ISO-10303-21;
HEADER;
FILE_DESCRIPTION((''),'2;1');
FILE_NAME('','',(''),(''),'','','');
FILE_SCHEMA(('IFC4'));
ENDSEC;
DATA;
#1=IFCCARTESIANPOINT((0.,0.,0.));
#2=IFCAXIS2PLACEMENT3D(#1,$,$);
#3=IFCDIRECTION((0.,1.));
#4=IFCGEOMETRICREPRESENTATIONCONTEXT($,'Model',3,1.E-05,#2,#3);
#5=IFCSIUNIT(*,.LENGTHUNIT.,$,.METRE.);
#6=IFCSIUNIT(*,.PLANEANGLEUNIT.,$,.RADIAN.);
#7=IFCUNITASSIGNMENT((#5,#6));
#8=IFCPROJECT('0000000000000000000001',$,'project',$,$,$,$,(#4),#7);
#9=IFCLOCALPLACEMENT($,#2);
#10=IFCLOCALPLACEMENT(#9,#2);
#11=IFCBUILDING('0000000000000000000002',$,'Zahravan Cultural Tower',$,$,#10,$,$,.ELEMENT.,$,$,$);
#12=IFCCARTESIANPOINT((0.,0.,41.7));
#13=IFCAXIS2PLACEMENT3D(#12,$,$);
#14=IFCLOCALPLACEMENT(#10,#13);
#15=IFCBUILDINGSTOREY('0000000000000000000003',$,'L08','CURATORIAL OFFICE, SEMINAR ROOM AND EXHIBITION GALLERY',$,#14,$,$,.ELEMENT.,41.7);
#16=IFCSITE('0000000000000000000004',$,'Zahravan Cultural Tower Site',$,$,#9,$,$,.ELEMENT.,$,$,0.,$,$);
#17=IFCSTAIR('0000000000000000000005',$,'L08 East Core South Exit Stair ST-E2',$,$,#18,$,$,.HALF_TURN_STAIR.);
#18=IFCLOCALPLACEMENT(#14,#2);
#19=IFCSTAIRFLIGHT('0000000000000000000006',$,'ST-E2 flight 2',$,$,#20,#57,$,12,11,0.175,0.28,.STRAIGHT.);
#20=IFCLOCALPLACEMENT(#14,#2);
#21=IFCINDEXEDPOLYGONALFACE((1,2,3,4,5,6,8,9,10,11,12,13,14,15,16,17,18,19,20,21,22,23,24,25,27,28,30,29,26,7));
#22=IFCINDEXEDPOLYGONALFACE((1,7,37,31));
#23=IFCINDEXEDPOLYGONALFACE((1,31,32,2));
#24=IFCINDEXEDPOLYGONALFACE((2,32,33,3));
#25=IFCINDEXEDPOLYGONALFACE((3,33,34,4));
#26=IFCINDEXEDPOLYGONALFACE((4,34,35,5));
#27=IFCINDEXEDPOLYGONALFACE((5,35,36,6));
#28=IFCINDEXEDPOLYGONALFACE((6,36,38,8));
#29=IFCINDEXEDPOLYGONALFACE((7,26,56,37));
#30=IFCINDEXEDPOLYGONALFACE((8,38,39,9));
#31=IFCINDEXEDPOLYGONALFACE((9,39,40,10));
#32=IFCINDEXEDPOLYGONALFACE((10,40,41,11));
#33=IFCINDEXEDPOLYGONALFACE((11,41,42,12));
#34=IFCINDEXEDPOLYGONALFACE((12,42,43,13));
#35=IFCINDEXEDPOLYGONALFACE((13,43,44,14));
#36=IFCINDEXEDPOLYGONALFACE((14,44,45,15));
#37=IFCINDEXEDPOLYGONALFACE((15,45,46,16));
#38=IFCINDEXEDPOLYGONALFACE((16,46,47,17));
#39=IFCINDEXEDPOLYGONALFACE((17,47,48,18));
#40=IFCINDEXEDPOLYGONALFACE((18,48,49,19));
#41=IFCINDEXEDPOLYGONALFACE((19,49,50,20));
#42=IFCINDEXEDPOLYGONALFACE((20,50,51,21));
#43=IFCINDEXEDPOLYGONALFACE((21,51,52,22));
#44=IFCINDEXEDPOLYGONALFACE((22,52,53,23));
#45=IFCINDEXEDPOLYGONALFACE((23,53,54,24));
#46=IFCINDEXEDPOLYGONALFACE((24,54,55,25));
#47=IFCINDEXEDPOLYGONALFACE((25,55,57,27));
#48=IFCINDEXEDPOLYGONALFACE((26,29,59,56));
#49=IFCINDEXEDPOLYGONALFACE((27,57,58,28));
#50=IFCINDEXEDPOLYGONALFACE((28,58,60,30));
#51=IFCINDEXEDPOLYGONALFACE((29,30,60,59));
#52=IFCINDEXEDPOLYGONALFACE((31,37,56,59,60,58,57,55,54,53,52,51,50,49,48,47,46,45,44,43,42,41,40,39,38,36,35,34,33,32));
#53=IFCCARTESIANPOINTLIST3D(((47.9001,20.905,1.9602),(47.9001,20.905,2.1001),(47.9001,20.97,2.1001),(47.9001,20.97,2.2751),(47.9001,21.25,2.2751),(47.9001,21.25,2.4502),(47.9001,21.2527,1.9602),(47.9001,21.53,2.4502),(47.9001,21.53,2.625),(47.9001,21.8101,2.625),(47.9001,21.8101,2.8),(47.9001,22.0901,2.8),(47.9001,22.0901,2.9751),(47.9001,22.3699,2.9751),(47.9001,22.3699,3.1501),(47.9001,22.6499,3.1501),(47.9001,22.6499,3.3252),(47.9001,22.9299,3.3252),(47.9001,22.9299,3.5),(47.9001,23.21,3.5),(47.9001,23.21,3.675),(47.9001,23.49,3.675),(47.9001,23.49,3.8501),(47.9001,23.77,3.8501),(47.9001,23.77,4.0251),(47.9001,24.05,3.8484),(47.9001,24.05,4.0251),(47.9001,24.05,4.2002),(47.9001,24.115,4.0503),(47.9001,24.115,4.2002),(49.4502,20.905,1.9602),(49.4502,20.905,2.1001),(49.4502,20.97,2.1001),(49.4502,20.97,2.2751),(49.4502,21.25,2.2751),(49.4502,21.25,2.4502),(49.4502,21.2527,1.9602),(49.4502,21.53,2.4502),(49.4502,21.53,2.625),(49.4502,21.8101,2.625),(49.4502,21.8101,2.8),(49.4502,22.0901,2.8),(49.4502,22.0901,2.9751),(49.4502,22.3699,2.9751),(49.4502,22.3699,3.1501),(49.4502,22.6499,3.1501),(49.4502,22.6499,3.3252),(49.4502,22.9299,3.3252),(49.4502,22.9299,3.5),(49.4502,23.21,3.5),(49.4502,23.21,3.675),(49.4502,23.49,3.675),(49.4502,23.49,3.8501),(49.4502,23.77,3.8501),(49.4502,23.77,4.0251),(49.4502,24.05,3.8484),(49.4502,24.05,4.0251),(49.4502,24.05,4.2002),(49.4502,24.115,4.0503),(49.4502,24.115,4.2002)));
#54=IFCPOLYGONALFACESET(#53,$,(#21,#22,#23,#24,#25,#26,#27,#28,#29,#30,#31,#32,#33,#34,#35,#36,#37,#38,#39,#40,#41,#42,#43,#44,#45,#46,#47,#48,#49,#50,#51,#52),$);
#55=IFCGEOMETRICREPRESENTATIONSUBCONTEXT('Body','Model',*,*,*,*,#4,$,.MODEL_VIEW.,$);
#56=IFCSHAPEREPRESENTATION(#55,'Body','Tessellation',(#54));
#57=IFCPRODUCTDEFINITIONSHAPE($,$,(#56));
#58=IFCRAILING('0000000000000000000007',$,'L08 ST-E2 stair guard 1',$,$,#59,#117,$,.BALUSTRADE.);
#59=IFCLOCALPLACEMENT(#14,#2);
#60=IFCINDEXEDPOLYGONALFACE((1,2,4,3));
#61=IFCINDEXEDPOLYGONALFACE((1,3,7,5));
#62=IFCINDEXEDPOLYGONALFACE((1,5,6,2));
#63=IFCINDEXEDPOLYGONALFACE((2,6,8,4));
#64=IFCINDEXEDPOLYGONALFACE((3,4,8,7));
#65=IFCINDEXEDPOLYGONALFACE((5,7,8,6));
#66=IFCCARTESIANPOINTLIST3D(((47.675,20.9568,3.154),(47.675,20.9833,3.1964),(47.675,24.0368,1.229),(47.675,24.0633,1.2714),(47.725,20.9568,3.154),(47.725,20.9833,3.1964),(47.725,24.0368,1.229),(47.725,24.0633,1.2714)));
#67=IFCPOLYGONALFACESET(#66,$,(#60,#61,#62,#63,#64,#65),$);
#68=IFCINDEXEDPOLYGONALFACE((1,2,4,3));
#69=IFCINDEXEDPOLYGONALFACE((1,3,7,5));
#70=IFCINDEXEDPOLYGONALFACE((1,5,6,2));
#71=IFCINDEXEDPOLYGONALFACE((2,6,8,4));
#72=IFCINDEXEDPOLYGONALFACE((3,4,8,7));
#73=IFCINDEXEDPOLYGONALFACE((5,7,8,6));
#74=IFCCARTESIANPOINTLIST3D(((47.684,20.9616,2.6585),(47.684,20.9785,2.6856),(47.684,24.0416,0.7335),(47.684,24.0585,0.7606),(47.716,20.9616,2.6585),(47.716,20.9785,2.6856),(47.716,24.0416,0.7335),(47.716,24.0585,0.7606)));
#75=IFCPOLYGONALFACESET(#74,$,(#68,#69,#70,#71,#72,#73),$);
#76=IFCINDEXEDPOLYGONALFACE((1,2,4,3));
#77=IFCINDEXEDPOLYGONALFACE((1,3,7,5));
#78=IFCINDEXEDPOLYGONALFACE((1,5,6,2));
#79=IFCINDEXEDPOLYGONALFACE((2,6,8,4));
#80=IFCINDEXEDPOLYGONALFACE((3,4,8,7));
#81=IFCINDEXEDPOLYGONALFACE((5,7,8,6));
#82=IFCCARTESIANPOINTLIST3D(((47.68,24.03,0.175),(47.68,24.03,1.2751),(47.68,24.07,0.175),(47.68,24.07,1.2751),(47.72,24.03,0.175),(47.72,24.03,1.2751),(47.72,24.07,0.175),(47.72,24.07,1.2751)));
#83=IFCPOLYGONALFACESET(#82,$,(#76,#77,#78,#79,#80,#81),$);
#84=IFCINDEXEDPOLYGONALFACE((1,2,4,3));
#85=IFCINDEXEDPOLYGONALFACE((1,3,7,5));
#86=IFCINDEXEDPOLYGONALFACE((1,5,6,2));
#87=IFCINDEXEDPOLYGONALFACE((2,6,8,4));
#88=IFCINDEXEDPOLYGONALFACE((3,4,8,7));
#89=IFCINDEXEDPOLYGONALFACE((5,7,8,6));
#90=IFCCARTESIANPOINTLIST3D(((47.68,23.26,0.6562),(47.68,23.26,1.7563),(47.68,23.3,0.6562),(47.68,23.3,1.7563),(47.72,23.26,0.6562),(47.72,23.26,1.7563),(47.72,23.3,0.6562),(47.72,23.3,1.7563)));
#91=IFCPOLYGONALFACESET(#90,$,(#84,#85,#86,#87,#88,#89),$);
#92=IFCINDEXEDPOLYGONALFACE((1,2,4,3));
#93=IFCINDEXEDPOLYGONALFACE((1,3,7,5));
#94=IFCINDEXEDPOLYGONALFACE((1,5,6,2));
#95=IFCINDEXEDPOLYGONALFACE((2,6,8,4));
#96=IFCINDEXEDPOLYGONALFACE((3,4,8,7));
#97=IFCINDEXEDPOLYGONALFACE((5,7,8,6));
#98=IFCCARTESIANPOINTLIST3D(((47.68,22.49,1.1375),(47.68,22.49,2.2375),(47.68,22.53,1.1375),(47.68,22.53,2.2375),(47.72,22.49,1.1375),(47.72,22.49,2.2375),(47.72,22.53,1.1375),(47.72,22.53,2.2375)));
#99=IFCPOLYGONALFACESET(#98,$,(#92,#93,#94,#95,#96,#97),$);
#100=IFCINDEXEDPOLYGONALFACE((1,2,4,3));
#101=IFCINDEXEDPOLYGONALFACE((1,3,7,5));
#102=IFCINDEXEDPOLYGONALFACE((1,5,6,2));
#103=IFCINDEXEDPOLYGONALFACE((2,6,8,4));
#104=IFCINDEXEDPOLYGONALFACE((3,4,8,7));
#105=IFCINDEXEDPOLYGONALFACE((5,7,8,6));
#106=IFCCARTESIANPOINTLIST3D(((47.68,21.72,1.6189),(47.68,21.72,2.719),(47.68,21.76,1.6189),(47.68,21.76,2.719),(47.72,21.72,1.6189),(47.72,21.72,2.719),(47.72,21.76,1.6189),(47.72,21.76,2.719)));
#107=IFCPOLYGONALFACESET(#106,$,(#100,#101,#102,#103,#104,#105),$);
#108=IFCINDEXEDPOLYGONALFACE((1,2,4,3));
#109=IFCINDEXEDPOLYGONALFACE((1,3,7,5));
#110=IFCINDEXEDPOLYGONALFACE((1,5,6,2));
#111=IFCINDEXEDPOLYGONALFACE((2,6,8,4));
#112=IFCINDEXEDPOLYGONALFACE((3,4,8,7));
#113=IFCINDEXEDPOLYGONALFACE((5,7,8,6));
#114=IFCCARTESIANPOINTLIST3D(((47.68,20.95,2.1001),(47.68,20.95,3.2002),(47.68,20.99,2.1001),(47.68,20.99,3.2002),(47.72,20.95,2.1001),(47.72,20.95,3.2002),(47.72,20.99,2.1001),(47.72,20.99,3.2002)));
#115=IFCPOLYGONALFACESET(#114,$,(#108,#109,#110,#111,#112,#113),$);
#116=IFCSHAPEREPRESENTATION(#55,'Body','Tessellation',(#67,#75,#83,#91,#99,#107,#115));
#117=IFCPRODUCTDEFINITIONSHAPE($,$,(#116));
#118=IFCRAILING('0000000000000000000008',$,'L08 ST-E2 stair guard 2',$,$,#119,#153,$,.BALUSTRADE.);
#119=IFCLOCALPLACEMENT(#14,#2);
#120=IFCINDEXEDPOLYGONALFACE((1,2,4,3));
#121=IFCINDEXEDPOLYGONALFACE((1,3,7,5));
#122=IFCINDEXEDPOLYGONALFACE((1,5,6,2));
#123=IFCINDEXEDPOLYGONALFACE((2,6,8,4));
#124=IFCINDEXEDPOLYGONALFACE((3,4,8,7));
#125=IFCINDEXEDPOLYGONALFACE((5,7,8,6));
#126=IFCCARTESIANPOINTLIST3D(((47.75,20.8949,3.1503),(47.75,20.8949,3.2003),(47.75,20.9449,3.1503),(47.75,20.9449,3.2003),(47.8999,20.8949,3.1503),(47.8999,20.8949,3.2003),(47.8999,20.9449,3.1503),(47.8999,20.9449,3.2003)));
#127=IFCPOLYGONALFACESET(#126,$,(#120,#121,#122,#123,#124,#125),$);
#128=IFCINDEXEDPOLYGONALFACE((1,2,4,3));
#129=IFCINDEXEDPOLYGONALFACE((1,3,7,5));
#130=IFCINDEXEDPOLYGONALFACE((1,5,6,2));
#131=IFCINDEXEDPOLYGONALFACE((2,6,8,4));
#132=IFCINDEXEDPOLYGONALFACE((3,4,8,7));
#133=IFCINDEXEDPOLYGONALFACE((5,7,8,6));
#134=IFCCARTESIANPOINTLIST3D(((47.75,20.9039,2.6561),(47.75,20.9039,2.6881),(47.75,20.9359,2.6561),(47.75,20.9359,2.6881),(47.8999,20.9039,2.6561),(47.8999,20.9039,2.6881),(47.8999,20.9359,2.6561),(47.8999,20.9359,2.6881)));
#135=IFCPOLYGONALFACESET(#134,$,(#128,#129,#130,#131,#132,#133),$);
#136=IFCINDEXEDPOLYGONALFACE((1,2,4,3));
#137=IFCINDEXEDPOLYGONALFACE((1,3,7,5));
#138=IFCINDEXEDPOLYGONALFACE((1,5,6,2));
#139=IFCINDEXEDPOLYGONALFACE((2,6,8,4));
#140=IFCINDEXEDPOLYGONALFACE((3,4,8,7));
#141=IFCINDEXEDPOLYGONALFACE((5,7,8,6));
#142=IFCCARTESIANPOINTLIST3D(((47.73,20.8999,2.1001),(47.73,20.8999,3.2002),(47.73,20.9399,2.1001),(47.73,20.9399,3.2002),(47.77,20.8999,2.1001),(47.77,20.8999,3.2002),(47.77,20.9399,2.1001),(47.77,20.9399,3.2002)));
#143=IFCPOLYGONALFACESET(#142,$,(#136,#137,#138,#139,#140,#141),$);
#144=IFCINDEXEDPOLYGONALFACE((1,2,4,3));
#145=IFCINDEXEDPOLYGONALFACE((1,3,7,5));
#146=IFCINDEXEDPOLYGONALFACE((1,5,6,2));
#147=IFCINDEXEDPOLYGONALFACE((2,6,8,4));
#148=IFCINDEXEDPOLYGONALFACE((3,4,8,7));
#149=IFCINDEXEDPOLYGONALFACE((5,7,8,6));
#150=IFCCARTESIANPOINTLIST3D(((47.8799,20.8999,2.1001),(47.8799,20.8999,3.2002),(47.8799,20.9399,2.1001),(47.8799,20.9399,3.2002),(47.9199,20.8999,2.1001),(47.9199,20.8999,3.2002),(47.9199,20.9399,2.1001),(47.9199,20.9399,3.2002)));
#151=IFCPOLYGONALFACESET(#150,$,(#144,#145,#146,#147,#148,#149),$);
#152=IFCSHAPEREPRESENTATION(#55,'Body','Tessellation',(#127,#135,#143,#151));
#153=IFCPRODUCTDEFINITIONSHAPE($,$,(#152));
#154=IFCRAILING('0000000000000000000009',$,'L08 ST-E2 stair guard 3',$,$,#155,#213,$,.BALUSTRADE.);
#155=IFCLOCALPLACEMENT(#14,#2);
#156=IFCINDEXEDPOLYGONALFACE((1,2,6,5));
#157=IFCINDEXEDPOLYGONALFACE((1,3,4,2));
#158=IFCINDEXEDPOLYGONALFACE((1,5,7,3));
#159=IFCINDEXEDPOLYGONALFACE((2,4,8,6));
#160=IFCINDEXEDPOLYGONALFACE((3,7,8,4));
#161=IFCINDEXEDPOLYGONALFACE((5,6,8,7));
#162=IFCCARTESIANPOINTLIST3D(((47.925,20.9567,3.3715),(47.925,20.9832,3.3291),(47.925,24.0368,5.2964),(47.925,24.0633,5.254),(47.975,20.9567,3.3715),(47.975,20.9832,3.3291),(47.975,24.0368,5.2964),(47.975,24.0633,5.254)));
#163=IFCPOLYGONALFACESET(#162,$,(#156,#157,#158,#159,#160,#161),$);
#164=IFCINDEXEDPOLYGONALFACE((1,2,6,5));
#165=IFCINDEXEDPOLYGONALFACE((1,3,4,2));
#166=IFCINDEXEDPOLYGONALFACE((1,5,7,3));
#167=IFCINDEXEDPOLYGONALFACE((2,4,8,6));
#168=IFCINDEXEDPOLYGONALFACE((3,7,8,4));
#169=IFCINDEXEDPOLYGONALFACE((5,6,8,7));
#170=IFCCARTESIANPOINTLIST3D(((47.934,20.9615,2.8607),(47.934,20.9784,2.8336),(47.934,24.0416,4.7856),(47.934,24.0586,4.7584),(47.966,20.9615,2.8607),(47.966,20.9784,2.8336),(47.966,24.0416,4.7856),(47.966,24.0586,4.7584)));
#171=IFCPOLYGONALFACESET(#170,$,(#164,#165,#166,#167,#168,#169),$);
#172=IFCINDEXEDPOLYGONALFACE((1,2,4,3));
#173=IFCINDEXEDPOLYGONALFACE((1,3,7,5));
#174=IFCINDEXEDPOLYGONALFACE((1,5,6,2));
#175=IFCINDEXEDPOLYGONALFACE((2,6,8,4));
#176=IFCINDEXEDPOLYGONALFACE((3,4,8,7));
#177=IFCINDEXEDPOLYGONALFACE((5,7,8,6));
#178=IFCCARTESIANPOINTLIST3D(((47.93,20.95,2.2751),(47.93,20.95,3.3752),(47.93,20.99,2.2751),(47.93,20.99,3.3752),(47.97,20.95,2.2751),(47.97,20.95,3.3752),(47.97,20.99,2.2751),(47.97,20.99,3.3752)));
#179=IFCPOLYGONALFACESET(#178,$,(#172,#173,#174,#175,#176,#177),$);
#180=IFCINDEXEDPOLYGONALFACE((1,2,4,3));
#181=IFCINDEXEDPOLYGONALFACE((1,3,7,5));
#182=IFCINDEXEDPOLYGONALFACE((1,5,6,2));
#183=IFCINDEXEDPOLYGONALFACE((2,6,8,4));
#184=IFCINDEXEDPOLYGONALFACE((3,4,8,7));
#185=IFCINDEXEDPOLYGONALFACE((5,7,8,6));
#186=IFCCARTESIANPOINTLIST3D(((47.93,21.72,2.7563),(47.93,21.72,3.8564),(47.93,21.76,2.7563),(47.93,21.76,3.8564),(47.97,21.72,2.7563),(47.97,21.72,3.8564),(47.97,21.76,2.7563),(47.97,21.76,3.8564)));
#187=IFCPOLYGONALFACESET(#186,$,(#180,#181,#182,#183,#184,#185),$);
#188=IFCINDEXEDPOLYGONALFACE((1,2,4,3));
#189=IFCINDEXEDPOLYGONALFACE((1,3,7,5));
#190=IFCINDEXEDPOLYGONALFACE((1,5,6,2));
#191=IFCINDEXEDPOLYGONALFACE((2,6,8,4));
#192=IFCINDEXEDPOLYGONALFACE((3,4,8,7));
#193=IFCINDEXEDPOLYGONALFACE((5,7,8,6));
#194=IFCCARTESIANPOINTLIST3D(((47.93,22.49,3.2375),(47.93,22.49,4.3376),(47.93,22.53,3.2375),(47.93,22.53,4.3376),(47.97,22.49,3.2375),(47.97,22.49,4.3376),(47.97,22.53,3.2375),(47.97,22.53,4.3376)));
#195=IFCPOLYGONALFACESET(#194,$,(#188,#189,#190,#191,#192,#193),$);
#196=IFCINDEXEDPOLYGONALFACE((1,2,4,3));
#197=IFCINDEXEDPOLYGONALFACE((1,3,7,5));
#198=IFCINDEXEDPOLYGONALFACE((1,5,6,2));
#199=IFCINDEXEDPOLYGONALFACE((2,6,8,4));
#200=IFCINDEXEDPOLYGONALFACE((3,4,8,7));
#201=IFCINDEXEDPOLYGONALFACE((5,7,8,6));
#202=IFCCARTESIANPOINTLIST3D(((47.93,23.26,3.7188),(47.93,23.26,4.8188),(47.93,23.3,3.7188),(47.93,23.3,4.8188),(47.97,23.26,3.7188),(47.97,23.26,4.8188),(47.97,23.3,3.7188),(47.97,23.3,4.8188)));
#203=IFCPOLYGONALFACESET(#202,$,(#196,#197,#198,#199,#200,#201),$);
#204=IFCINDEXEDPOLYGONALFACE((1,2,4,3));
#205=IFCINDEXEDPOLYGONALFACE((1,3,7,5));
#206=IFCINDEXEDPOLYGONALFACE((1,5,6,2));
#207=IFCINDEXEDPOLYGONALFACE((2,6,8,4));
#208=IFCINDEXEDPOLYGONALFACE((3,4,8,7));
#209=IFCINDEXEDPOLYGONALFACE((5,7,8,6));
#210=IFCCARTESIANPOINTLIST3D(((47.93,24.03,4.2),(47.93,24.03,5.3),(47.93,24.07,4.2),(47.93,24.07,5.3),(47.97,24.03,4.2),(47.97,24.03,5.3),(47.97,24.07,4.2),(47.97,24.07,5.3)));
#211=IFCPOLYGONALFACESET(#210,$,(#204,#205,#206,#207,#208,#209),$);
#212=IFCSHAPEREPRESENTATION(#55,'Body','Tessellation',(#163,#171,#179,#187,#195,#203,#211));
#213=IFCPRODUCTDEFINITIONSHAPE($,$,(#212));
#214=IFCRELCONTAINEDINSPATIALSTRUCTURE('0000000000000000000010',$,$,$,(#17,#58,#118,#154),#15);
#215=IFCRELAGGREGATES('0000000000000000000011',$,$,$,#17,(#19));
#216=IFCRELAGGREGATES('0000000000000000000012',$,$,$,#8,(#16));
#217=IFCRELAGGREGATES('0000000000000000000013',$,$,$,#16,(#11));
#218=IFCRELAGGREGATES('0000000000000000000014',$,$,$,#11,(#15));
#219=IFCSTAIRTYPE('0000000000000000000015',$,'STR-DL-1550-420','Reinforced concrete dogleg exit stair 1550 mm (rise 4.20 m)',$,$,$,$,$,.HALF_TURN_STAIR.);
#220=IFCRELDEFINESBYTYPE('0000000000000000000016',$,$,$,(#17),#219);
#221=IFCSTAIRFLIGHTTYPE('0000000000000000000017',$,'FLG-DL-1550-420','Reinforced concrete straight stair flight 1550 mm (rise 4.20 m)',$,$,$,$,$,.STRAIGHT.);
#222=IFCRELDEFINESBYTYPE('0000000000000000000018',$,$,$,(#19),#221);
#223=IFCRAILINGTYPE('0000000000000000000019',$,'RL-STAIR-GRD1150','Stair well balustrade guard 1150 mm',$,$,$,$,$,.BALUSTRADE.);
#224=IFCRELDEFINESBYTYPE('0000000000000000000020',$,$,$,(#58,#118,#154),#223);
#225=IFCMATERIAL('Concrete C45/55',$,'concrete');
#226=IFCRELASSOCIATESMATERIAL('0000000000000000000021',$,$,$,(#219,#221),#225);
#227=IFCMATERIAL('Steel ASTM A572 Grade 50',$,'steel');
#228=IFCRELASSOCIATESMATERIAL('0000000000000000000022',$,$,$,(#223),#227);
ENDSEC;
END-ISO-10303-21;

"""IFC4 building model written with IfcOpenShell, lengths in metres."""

from ifc_helpers import new_model, si_unit, direction, frame, origin, origin_2d, place, context, subcontext, project, spatial, polyline, rectangle, outline, extrude, material, type_object, element, aggregate, save


model = new_model("IFC4")

# Units and contexts
model_context = context("Model", 3, precision=1e-05, world=origin(), true_north=direction((0.0, 1.0)))
body_context = subcontext(model_context, "Body", "Model", "MODEL_VIEW")
ifc_project = project(units=[si_unit("LENGTHUNIT", "METRE"), si_unit("PLANEANGLEUNIT", "RADIAN")], contexts=[model_context])

# Site, building, storey
site_placement = place(None, origin())
site = spatial("IfcSite", under=ifc_project, at=site_placement, Name="Zahravan Cultural Tower Site", CompositionType="ELEMENT", RefElevation=0.0)
building_placement = place(site_placement, origin())
building = spatial("IfcBuilding", under=site, at=building_placement, Name="Zahravan Cultural Tower", CompositionType="ELEMENT")
storey_placement = place(building_placement, frame((0.0, 0.0, 41.7)))
storey = spatial("IfcBuildingStorey", under=building, at=storey_placement, Name="L08", Description="CURATORIAL OFFICE, SEMINAR ROOM AND EXHIBITION GALLERY", CompositionType="ELEMENT", Elevation=41.7)

# Shared definitions
ifc_material_1 = material(Name="Concrete C45/55", Category="concrete")
ifc_material_2 = material(Name="Steel ASTM A572 Grade 50", Category="steel")

# Stair, stair flight
stair_type = type_object("IfcStairType", Name="STR-DL-1550-420", Description="Reinforced concrete dogleg exit stair 1550 mm (rise 4.20 m)", PredefinedType="HALF_TURN_STAIR", material=ifc_material_1)
stair_placement = place(storey_placement, origin())
stair = element("IfcStair", 1, at=stair_placement, inside=storey, type_object=stair_type, Name="L08 East Core South Exit Stair ST-E2", PredefinedType="HALF_TURN_STAIR")
stair_flight_type = type_object("IfcStairFlightType", Name="FLG-DL-1550-420", Description="Reinforced concrete straight stair flight 1550 mm (rise 4.20 m)", PredefinedType="STRAIGHT", material=ifc_material_1)
stair_flight_1_placement = place(storey_placement, frame((48.675, 20.97, 2.1001), z_axis=(0.0, 0.0, 1.0), x_axis=(0.0, 1.0, 0.0)))
stair_flight_1 = element("IfcStairFlight", 2, at=stair_flight_1_placement, type_object=stair_flight_type, Name="ST-E2 flight 2", NumberOfRisers=12, NumberOfTreads=11, PredefinedType="STRAIGHT", RiserHeight=0.175, TreadLength=0.28, context=body_context, shape_type="SweptSolid", body=[
    extrude(outline(polyline([(-0.0649, -0.1399), (-0.0649, 0.0), (0.0, 0.0), (0.0, 0.175), (0.28, 0.175), (0.28, 0.3501), (0.5601, 0.3501), (0.5601, 0.5249), (0.8401, 0.5249), (0.8401, 0.7), (1.1201, 0.7), (1.1201, 0.875), (1.3999, 0.875), (1.3999, 1.05), (1.6799, 1.05), (1.6799, 1.2251), (1.96, 1.2251), (1.96, 1.3999), (2.24, 1.3999), (2.24, 1.575), (2.52, 1.575), (2.52, 1.75), (2.8, 1.75), (2.8, 1.925), (3.0801, 1.925), (3.0801, 2.1001), (3.145, 2.1001), (3.145, 1.9502), (3.0801, 1.7483), (0.2827, -0.1399), (-0.0649, -0.1399)])), frame((0.0, 0.7749, 0.0), z_axis=(0.0, -1.0, 0.0), x_axis=(1.0, 0.0, 0.0)), (0.0, 0.0, 1.0), 1.55),
])
aggregate(stair, [stair_flight_1])

# Railings
railing_type_1 = type_object("IfcRailingType", Name="RL-STAIR-GRD1150", Description="Stair well balustrade guard 1150 mm", PredefinedType="BALUSTRADE", material=ifc_material_2)
railing_1_placement = place(storey_placement, frame((47.7, 24.05, 0.175)))
element("IfcRailing", 3, at=railing_1_placement, inside=storey, type_object=railing_type_1, Name="L08 ST-E2 stair guard 1", PredefinedType="BALUSTRADE", context=body_context, shape_type="SweptSolid", body=[
    extrude(rectangle(XDim=0.05, YDim=0.05, at=origin_2d()), frame((0.0, 0.0, 1.0752), z_axis=(0.0, -0.847998, 0.529999), x_axis=(1.0, 0.0, 0.0)), (0.0, 0.0, 1.0), 3.6321),
    extrude(rectangle(XDim=0.032, YDim=0.032, at=origin_2d()), frame((0.0, 0.0, 0.572), z_axis=(0.0, -0.847998, 0.529999), x_axis=(1.0, 0.0, 0.0)), (0.0, 0.0, 1.0), 3.6321),
    extrude(rectangle(XDim=0.04, YDim=0.04, at=origin_2d()), origin(), (0.0, 0.0, 1.0), 1.1001),
    extrude(rectangle(XDim=0.04, YDim=0.04, at=origin_2d()), frame((0.0, -0.77, 0.4812)), (0.0, 0.0, 1.0), 1.1001),
    extrude(rectangle(XDim=0.04, YDim=0.04, at=origin_2d()), frame((0.0, -1.54, 0.9624)), (0.0, 0.0, 1.0), 1.1001),
    extrude(rectangle(XDim=0.04, YDim=0.04, at=origin_2d()), frame((0.0, -2.3101, 1.4438)), (0.0, 0.0, 1.0), 1.1001),
    extrude(rectangle(XDim=0.04, YDim=0.04, at=origin_2d()), frame((0.0, -3.0801, 1.925)), (0.0, 0.0, 1.0), 1.1001),
])
railing_2_placement = place(storey_placement, frame((47.75, 20.9199, 2.1001)))
element("IfcRailing", 4, at=railing_2_placement, inside=storey, type_object=railing_type_1, Name="L08 ST-E2 stair guard 2", PredefinedType="BALUSTRADE", context=body_context, shape_type="SweptSolid", body=[
    extrude(rectangle(XDim=0.05, YDim=0.05, at=origin_2d()), frame((0.0, 0.0, 1.0752), z_axis=(1.0, 0.0, 0.0), x_axis=(0.0, 1.0, 0.0)), (0.0, 0.0, 1.0), 0.1499),
    extrude(rectangle(XDim=0.032, YDim=0.032, at=origin_2d()), frame((0.0, 0.0, 0.572), z_axis=(1.0, 0.0, 0.0), x_axis=(0.0, 1.0, 0.0)), (0.0, 0.0, 1.0), 0.1499),
    extrude(rectangle(XDim=0.04, YDim=0.04, at=origin_2d()), origin(), (0.0, 0.0, 1.0), 1.1001),
    extrude(rectangle(XDim=0.04, YDim=0.04, at=origin_2d()), frame((0.1499, 0.0, 0.0)), (0.0, 0.0, 1.0), 1.1001),
])
railing_3_placement = place(storey_placement, frame((47.95, 20.97, 2.2751)))
element("IfcRailing", 5, at=railing_3_placement, inside=storey, type_object=railing_type_1, Name="L08 ST-E2 stair guard 3", PredefinedType="BALUSTRADE", context=body_context, shape_type="SweptSolid", body=[
    extrude(rectangle(XDim=0.05, YDim=0.05, at=origin_2d()), frame((0.0, 0.0, 1.0752), z_axis=(0.0, 0.848029, 0.529951), x_axis=(-1.0, 0.0, 0.0)), (0.0, 0.0, 1.0), 3.6321),
    extrude(rectangle(XDim=0.032, YDim=0.032, at=origin_2d()), frame((0.0, 0.0, 0.572), z_axis=(0.0, 0.848029, 0.529951), x_axis=(-1.0, 0.0, 0.0)), (0.0, 0.0, 1.0), 3.6321),
    extrude(rectangle(XDim=0.04, YDim=0.04, at=origin_2d()), origin(), (0.0, 0.0, 1.0), 1.1001),
    extrude(rectangle(XDim=0.04, YDim=0.04, at=origin_2d()), frame((0.0, 0.77, 0.4812)), (0.0, 0.0, 1.0), 1.1001),
    extrude(rectangle(XDim=0.04, YDim=0.04, at=origin_2d()), frame((0.0, 1.54, 0.9624)), (0.0, 0.0, 1.0), 1.1001),
    extrude(rectangle(XDim=0.04, YDim=0.04, at=origin_2d()), frame((0.0, 2.3101, 1.4436)), (0.0, 0.0, 1.0), 1.1001),
    extrude(rectangle(XDim=0.04, YDim=0.04, at=origin_2d()), frame((0.0, 3.0801, 1.9248)), (0.0, 0.0, 1.0), 1.1001),
])

save(model, "model.ifc")
